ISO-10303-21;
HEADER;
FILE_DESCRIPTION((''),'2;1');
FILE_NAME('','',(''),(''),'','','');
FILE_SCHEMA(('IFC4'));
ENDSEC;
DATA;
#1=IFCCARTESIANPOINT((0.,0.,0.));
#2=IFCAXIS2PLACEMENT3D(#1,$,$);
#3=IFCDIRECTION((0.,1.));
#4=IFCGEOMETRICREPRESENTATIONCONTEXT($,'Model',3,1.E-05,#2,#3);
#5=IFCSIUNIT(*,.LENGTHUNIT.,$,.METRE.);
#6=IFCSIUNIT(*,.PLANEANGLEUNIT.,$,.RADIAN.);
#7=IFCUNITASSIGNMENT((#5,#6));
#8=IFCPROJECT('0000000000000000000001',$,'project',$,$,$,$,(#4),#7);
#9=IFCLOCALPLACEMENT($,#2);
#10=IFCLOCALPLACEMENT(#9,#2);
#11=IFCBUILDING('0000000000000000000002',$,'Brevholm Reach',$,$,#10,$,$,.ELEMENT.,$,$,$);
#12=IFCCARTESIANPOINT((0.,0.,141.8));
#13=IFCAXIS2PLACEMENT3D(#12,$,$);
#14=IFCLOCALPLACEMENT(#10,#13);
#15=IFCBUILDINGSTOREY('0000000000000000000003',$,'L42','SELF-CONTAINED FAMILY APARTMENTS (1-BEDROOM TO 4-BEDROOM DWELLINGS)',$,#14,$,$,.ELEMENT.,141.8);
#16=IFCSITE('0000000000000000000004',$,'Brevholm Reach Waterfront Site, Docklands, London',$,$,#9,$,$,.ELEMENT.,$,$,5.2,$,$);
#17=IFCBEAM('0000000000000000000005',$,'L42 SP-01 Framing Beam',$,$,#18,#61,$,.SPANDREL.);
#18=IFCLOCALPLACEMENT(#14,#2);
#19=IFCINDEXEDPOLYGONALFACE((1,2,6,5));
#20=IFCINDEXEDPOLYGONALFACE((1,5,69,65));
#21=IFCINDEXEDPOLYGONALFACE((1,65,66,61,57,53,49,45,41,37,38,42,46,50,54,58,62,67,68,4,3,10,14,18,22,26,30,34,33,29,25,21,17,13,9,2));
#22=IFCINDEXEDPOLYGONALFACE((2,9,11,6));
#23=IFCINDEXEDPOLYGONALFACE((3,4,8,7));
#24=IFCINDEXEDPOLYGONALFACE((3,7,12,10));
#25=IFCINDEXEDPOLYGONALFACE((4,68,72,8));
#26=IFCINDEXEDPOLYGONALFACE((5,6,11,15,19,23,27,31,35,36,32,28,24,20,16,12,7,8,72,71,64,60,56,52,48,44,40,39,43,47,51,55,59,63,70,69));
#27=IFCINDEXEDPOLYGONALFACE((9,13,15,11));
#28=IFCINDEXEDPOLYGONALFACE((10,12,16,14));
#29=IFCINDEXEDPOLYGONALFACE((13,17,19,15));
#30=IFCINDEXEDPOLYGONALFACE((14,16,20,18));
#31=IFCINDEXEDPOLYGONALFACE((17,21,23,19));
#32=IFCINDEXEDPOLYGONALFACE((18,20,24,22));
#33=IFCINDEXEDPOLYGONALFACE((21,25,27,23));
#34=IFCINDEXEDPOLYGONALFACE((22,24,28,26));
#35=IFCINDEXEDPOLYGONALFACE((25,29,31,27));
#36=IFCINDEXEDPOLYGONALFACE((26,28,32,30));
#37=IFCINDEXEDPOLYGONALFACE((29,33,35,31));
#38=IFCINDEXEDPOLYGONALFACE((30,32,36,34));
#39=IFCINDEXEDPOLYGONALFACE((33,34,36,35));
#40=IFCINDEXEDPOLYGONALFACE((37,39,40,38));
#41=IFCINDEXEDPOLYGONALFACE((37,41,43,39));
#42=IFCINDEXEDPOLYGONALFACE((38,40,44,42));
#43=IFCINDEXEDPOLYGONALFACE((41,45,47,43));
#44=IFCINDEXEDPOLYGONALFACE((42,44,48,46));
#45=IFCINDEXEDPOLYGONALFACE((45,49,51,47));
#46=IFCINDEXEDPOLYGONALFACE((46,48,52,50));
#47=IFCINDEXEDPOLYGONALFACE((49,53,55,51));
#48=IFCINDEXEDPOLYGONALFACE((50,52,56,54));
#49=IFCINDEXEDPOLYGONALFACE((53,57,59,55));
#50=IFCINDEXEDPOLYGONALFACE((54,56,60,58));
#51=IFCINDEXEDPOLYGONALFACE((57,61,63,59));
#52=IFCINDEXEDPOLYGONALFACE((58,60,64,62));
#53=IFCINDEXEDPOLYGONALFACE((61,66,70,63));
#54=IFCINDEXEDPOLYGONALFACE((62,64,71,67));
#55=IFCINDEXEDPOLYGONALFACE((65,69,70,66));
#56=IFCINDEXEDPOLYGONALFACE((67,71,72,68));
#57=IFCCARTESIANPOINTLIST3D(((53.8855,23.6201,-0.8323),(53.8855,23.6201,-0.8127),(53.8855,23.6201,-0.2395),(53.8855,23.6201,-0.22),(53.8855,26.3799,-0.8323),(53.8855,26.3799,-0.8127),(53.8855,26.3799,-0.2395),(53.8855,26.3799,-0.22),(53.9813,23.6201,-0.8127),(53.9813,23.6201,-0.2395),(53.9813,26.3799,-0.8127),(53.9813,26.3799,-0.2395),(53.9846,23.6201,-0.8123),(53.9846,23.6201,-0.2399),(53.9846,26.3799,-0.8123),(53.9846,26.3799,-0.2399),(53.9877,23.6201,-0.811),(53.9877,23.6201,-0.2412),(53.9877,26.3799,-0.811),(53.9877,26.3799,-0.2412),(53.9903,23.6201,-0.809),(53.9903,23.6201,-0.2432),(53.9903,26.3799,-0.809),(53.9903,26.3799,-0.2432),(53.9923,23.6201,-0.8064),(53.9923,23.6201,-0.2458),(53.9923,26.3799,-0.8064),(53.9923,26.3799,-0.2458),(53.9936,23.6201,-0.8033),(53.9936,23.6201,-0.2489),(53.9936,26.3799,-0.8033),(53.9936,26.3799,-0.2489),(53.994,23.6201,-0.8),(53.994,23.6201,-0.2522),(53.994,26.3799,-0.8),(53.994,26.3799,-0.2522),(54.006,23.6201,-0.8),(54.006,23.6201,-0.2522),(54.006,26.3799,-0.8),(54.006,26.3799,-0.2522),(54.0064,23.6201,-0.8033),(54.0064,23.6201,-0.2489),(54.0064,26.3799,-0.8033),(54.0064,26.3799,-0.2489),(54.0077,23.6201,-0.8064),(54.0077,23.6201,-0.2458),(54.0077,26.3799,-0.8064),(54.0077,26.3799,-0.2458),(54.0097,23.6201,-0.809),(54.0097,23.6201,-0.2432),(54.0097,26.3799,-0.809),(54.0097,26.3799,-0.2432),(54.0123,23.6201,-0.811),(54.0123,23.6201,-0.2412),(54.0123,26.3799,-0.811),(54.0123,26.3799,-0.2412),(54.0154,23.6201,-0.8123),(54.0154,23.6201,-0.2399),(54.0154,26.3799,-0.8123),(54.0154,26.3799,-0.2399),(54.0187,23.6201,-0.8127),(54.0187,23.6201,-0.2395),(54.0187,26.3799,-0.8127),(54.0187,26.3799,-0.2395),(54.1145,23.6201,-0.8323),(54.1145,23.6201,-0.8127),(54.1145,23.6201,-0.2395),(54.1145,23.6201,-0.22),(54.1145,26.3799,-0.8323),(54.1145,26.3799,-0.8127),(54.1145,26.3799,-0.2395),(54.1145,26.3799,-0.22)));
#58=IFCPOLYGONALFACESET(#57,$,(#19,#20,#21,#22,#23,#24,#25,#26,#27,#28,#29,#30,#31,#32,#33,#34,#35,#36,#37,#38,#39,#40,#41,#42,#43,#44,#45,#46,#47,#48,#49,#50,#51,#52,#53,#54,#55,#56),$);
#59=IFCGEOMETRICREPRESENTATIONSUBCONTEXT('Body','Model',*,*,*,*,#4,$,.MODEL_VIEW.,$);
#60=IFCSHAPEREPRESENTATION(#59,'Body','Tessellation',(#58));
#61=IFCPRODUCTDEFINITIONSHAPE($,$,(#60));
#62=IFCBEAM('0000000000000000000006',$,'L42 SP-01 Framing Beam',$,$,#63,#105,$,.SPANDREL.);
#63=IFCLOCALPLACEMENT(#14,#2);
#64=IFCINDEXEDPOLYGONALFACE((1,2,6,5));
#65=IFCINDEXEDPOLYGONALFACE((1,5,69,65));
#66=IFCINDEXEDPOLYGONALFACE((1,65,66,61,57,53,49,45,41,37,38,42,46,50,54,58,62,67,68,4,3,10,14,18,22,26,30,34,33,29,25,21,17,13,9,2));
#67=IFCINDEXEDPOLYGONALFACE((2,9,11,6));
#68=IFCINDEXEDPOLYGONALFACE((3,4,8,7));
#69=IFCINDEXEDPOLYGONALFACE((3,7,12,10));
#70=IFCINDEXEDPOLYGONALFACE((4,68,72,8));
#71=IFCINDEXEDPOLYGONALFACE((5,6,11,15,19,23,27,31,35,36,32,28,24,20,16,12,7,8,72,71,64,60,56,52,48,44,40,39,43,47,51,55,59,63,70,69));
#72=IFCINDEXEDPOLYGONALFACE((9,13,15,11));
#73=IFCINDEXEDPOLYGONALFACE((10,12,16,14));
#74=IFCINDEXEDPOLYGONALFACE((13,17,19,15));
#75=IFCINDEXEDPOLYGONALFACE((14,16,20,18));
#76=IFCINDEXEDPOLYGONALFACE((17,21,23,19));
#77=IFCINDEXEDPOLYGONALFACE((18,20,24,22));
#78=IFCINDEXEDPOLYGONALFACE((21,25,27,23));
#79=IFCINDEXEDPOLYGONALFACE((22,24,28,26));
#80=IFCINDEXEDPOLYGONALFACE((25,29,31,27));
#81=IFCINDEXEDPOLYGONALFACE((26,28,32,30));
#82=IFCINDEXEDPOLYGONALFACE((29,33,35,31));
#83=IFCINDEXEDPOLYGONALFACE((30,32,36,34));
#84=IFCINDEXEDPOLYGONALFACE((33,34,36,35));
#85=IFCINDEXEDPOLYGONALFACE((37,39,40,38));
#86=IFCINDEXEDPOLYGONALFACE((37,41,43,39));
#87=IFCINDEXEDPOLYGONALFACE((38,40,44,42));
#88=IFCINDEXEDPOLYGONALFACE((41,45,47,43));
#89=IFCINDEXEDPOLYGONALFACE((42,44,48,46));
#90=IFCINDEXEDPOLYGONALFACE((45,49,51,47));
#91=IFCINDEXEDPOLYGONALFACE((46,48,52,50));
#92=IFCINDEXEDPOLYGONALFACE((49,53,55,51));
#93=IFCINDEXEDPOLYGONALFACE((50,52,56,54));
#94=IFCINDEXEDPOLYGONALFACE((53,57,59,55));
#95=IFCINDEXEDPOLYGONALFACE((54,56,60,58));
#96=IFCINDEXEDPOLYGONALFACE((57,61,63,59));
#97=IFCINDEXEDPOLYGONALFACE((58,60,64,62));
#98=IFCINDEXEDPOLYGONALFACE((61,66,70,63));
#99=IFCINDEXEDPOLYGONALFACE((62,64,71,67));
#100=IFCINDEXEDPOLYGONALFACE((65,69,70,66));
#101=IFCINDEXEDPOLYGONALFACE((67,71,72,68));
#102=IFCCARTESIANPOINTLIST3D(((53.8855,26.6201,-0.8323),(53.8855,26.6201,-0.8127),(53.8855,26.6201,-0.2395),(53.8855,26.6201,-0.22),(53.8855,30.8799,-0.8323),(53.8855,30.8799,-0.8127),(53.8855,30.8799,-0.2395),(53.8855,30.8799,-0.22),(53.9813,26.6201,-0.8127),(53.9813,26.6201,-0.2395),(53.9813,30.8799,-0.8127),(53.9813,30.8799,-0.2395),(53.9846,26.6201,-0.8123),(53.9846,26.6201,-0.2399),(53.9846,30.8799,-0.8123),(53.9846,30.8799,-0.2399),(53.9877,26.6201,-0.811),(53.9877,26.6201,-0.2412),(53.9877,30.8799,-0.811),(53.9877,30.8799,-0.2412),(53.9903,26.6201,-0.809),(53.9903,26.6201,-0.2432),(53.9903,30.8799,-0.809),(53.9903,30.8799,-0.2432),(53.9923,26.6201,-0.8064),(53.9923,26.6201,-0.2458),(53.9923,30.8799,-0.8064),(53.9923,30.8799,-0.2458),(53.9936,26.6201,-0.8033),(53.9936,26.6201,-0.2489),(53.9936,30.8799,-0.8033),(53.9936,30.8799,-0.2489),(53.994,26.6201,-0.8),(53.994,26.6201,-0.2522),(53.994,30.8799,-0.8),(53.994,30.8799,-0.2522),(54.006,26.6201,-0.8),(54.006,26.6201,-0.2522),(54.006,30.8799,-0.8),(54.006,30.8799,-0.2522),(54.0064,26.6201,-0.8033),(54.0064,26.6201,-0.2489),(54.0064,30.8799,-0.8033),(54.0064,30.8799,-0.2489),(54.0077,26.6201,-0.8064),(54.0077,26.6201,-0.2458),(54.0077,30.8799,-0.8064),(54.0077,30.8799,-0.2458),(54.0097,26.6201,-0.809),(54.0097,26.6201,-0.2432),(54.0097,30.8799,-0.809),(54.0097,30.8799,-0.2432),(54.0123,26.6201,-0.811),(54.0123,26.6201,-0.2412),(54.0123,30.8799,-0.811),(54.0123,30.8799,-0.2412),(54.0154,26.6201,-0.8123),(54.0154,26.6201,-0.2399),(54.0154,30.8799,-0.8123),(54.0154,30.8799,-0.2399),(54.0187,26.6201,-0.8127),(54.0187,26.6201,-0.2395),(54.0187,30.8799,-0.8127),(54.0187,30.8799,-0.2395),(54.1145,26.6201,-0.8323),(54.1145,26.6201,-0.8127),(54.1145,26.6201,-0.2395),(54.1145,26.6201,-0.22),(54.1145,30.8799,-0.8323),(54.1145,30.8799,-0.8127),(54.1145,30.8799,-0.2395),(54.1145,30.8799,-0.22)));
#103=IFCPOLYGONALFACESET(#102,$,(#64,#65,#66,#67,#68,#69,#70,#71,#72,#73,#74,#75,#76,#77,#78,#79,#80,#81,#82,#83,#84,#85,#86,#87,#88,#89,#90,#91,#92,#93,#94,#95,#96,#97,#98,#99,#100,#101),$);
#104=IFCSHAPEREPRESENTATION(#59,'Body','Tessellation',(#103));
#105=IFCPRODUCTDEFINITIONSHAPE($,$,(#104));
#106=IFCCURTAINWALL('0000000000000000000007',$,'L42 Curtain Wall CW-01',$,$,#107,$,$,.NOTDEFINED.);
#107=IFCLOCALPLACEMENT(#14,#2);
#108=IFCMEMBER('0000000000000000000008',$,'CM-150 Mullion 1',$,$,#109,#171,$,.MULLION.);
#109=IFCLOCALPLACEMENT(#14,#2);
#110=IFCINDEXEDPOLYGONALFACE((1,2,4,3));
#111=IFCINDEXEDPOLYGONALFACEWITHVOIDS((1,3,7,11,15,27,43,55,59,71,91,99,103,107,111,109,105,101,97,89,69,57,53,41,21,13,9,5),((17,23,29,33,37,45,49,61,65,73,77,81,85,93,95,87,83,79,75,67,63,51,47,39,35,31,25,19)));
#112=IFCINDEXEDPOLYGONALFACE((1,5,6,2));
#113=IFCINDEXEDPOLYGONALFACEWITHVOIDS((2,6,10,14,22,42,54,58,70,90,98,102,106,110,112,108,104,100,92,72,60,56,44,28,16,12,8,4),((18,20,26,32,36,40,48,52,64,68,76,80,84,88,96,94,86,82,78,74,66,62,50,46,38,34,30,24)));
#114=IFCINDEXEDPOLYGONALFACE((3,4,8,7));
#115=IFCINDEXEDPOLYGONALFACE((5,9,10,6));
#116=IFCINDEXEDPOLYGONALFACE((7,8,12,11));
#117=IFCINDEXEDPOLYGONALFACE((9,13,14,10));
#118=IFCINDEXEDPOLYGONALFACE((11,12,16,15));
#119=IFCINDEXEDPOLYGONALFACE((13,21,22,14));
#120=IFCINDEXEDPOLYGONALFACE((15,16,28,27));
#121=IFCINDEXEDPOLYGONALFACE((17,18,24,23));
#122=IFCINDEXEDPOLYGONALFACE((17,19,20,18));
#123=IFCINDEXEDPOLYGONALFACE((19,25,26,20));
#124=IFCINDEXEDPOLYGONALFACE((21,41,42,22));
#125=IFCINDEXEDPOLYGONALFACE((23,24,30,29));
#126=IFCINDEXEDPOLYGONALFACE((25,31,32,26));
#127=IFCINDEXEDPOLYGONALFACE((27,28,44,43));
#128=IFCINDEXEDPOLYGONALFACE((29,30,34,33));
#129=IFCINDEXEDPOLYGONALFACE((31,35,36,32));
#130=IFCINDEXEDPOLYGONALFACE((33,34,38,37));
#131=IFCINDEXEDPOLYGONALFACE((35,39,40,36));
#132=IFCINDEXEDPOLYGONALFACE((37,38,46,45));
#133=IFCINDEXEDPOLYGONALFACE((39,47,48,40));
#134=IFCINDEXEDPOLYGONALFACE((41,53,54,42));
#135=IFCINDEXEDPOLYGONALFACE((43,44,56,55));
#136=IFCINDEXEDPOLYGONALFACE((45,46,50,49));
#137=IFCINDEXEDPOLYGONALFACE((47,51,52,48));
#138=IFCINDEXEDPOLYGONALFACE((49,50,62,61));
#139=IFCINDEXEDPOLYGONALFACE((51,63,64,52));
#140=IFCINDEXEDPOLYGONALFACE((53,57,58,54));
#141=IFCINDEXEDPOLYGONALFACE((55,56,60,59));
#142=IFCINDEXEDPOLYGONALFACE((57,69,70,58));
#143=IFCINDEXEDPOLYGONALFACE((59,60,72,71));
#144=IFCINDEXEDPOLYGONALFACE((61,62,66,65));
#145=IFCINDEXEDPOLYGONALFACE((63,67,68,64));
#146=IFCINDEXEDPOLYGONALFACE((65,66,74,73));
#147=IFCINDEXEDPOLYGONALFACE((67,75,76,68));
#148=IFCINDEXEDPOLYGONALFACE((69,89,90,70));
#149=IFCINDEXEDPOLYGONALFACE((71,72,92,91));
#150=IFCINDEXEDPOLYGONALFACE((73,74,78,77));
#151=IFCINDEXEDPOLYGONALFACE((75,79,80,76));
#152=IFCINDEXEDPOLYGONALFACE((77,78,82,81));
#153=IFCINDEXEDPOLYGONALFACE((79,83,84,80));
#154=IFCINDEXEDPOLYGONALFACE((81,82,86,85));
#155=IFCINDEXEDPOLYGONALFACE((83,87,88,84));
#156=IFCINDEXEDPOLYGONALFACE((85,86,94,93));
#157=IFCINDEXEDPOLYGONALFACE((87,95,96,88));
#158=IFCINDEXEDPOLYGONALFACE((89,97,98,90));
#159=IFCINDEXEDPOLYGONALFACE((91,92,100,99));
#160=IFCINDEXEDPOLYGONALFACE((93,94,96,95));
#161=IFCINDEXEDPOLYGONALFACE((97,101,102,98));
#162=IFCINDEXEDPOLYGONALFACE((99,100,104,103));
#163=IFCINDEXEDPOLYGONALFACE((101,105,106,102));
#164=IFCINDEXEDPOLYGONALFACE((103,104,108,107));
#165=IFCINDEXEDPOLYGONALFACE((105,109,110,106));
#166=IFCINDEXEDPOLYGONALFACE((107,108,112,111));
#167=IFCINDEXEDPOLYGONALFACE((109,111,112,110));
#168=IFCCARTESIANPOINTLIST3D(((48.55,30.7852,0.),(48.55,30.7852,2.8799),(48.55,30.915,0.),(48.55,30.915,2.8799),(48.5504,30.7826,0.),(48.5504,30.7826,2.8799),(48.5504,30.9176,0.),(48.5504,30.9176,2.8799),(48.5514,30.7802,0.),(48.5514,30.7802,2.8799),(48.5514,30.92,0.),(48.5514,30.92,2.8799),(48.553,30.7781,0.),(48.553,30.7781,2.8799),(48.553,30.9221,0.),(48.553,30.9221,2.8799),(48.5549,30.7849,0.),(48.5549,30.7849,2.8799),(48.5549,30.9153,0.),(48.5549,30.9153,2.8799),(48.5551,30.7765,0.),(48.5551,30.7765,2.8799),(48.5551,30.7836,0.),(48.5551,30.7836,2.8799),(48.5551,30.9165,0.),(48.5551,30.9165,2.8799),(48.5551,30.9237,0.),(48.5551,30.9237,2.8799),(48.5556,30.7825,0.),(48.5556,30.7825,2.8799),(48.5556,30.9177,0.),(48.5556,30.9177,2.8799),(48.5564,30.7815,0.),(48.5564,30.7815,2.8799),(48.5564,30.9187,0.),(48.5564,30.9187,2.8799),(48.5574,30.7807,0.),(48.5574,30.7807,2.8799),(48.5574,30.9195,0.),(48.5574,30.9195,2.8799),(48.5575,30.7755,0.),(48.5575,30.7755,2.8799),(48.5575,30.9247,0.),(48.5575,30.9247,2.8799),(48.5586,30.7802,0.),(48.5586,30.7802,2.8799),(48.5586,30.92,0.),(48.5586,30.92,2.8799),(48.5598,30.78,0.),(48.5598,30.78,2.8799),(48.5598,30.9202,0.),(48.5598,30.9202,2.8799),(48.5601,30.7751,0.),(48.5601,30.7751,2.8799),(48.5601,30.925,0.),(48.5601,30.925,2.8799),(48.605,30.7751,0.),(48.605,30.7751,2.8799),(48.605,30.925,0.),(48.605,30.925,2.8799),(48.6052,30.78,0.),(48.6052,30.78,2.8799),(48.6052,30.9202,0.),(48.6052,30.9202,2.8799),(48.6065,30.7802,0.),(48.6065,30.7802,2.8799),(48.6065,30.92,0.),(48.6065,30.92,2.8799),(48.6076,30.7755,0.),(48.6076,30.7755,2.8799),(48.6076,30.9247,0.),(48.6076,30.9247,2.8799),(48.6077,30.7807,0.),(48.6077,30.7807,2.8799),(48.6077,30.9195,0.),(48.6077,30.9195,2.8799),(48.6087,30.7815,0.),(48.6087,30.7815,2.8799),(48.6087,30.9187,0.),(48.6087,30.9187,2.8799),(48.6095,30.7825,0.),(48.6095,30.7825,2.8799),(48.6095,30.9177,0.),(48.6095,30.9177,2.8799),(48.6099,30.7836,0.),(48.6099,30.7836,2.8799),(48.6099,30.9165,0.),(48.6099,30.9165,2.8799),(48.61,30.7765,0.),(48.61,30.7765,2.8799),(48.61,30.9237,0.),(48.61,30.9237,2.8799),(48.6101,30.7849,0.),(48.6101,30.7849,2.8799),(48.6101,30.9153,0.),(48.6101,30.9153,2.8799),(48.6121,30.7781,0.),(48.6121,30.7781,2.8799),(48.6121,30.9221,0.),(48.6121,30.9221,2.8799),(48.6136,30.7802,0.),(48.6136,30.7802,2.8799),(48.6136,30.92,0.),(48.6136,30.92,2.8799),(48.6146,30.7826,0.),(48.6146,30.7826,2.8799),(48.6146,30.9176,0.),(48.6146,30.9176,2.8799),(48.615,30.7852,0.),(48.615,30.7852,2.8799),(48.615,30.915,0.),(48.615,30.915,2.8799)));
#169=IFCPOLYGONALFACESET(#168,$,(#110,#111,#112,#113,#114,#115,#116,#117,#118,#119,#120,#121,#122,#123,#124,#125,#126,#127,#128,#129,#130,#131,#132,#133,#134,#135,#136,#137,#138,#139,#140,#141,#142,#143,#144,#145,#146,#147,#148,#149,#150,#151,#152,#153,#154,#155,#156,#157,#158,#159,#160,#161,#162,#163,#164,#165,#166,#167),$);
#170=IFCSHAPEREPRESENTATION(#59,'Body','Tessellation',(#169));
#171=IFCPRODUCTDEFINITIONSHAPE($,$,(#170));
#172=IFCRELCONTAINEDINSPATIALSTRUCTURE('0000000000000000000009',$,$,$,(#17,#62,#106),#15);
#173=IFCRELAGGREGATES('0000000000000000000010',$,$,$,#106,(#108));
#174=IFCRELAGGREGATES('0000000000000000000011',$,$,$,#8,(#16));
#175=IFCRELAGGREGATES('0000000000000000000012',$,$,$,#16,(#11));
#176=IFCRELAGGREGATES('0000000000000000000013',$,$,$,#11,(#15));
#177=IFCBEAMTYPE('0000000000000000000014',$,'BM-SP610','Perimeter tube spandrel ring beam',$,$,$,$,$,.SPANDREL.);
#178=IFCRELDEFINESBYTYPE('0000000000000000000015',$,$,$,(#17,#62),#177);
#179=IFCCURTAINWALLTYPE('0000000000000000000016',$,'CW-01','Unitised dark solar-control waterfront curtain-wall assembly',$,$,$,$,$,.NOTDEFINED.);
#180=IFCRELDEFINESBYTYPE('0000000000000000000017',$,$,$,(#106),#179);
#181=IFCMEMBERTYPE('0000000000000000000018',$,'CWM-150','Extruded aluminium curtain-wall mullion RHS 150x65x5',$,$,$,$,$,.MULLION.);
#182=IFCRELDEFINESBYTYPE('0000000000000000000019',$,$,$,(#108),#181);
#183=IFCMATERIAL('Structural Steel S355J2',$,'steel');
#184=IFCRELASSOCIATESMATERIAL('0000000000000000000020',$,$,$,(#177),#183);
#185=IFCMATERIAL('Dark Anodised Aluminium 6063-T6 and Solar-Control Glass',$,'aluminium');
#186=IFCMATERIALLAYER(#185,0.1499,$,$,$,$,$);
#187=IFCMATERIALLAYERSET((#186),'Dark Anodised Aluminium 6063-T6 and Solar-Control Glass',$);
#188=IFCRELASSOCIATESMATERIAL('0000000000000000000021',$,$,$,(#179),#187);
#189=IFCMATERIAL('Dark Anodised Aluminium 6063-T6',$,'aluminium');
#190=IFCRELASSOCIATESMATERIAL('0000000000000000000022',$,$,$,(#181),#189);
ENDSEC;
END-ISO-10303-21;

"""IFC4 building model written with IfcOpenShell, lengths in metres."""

from ifc_helpers import new_model, si_unit, direction, frame, origin, origin_2d, place, context, subcontext, project, spatial, hollow_rectangle, i_section, extrude, material, layer, layer_set, material_profile, profile_set, type_object, element, aggregate, save


model = new_model("IFC4")

# Units and contexts
model_context = context("Model", 3, precision=1e-05, world=origin(), true_north=direction((0.0, 1.0)))
body_context = subcontext(model_context, "Body", "Model", "MODEL_VIEW")
ifc_project = project(units=[si_unit("LENGTHUNIT", "METRE"), si_unit("PLANEANGLEUNIT", "RADIAN")], contexts=[model_context])

# Site, building, storey
site_placement = place(None, origin())
site = spatial("IfcSite", under=ifc_project, at=site_placement, Name="Brevholm Reach Waterfront Site, Docklands, London", CompositionType="ELEMENT", RefElevation=5.2)
building_placement = place(site_placement, origin())
building = spatial("IfcBuilding", under=site, at=building_placement, Name="Brevholm Reach", CompositionType="ELEMENT")
storey_placement = place(building_placement, frame((0.0, 0.0, 141.8)))
storey = spatial("IfcBuildingStorey", under=building, at=storey_placement, Name="L42", Description="SELF-CONTAINED FAMILY APARTMENTS (1-BEDROOM TO 4-BEDROOM DWELLINGS)", CompositionType="ELEMENT", Elevation=141.8)

# Beams
ifc_material_1 = material(Name="Structural Steel S355J2", Category="steel")
ifc_material_profile_1 = material_profile(ifc_material_1, i_section(OverallWidth=0.229, OverallDepth=0.6123, WebThickness=0.012, FlangeThickness=0.0195, FilletRadius=0.0127, at=origin_2d()), Name="UKB 610x229x125")
ifc_profile_set_1 = profile_set([ifc_material_profile_1], Name="Structural Steel S355J2")
beam_type_1 = type_object("IfcBeamType", Name="BM-SP610", Description="Perimeter tube spandrel ring beam", PredefinedType="SPANDREL", material=ifc_profile_set_1)
beam_1_placement = place(storey_placement, frame((54.0, 23.6201, -0.5261), z_axis=(0.0, 1.0, 0.0), x_axis=(-1.0, 0.0, 0.0)))
element("IfcBeam", 1, at=beam_1_placement, inside=storey, type_object=beam_type_1, Name="L42 SP-01 Framing Beam", PredefinedType="SPANDREL", context=body_context, shape_type="SweptSolid", body=[
    extrude(i_section(OverallWidth=0.229, OverallDepth=0.6123, WebThickness=0.012, FlangeThickness=0.0195, FilletRadius=0.0127, at=origin_2d()), origin(), (0.0, 0.0, 1.0), 2.7598),
])
beam_2_placement = place(storey_placement, frame((54.0, 26.6201, -0.5261), z_axis=(0.0, 1.0, 0.0), x_axis=(-1.0, 0.0, 0.0)))
element("IfcBeam", 2, at=beam_2_placement, inside=storey, type_object=beam_type_1, Name="L42 SP-01 Framing Beam", PredefinedType="SPANDREL", context=body_context, shape_type="SweptSolid", body=[
    extrude(i_section(OverallWidth=0.229, OverallDepth=0.6123, WebThickness=0.012, FlangeThickness=0.0195, FilletRadius=0.0127, at=origin_2d()), origin(), (0.0, 0.0, 1.0), 4.2598),
])

# Curtain wall, member
ifc_material_2 = material(Name="Dark Anodised Aluminium 6063-T6 and Solar-Control Glass", Category="aluminium")
ifc_layer_1 = layer(ifc_material_2, 0.1499)
ifc_layer_set_1 = layer_set([ifc_layer_1], Name="Dark Anodised Aluminium 6063-T6 and Solar-Control Glass")
curtain_wall_type = type_object("IfcCurtainWallType", Name="CW-01", Description="Unitised dark solar-control waterfront curtain-wall assembly", PredefinedType="NOTDEFINED", material=ifc_layer_set_1)
curtain_wall_placement = place(storey_placement, origin())
curtain_wall = element("IfcCurtainWall", 3, at=curtain_wall_placement, inside=storey, type_object=curtain_wall_type, Name="L42 Curtain Wall CW-01", PredefinedType="NOTDEFINED")
ifc_material_3 = material(Name="Dark Anodised Aluminium 6063-T6", Category="aluminium")
ifc_material_profile_2 = material_profile(ifc_material_3, hollow_rectangle(XDim=0.0649, YDim=0.1499, WallThickness=0.0049, InnerFilletRadius=0.0049, OuterFilletRadius=0.01, at=origin_2d()), Name="RHS 150x65x5")
ifc_profile_set_2 = profile_set([ifc_material_profile_2], Name="Dark Anodised Aluminium 6063-T6")
member_type_1 = type_object("IfcMemberType", Name="CWM-150", Description="Extruded aluminium curtain-wall mullion RHS 150x65x5", PredefinedType="MULLION", material=ifc_profile_set_2)
member_1_placement = place(storey_placement, frame((48.5825, 30.8501, 0.0), z_axis=(0.0, 0.0, 1.0), x_axis=(1.0, 0.0, 0.0)))
member_1 = element("IfcMember", 4, at=member_1_placement, type_object=member_type_1, Name="CM-150 Mullion 1", PredefinedType="MULLION", context=body_context, shape_type="SweptSolid", body=[
    extrude(hollow_rectangle(XDim=0.0649, YDim=0.1499, WallThickness=0.0049, InnerFilletRadius=0.0049, OuterFilletRadius=0.01, at=origin_2d()), origin(), (0.0, 0.0, 1.0), 2.8799),
])
aggregate(curtain_wall, [member_1])

save(model, "model.ifc")
